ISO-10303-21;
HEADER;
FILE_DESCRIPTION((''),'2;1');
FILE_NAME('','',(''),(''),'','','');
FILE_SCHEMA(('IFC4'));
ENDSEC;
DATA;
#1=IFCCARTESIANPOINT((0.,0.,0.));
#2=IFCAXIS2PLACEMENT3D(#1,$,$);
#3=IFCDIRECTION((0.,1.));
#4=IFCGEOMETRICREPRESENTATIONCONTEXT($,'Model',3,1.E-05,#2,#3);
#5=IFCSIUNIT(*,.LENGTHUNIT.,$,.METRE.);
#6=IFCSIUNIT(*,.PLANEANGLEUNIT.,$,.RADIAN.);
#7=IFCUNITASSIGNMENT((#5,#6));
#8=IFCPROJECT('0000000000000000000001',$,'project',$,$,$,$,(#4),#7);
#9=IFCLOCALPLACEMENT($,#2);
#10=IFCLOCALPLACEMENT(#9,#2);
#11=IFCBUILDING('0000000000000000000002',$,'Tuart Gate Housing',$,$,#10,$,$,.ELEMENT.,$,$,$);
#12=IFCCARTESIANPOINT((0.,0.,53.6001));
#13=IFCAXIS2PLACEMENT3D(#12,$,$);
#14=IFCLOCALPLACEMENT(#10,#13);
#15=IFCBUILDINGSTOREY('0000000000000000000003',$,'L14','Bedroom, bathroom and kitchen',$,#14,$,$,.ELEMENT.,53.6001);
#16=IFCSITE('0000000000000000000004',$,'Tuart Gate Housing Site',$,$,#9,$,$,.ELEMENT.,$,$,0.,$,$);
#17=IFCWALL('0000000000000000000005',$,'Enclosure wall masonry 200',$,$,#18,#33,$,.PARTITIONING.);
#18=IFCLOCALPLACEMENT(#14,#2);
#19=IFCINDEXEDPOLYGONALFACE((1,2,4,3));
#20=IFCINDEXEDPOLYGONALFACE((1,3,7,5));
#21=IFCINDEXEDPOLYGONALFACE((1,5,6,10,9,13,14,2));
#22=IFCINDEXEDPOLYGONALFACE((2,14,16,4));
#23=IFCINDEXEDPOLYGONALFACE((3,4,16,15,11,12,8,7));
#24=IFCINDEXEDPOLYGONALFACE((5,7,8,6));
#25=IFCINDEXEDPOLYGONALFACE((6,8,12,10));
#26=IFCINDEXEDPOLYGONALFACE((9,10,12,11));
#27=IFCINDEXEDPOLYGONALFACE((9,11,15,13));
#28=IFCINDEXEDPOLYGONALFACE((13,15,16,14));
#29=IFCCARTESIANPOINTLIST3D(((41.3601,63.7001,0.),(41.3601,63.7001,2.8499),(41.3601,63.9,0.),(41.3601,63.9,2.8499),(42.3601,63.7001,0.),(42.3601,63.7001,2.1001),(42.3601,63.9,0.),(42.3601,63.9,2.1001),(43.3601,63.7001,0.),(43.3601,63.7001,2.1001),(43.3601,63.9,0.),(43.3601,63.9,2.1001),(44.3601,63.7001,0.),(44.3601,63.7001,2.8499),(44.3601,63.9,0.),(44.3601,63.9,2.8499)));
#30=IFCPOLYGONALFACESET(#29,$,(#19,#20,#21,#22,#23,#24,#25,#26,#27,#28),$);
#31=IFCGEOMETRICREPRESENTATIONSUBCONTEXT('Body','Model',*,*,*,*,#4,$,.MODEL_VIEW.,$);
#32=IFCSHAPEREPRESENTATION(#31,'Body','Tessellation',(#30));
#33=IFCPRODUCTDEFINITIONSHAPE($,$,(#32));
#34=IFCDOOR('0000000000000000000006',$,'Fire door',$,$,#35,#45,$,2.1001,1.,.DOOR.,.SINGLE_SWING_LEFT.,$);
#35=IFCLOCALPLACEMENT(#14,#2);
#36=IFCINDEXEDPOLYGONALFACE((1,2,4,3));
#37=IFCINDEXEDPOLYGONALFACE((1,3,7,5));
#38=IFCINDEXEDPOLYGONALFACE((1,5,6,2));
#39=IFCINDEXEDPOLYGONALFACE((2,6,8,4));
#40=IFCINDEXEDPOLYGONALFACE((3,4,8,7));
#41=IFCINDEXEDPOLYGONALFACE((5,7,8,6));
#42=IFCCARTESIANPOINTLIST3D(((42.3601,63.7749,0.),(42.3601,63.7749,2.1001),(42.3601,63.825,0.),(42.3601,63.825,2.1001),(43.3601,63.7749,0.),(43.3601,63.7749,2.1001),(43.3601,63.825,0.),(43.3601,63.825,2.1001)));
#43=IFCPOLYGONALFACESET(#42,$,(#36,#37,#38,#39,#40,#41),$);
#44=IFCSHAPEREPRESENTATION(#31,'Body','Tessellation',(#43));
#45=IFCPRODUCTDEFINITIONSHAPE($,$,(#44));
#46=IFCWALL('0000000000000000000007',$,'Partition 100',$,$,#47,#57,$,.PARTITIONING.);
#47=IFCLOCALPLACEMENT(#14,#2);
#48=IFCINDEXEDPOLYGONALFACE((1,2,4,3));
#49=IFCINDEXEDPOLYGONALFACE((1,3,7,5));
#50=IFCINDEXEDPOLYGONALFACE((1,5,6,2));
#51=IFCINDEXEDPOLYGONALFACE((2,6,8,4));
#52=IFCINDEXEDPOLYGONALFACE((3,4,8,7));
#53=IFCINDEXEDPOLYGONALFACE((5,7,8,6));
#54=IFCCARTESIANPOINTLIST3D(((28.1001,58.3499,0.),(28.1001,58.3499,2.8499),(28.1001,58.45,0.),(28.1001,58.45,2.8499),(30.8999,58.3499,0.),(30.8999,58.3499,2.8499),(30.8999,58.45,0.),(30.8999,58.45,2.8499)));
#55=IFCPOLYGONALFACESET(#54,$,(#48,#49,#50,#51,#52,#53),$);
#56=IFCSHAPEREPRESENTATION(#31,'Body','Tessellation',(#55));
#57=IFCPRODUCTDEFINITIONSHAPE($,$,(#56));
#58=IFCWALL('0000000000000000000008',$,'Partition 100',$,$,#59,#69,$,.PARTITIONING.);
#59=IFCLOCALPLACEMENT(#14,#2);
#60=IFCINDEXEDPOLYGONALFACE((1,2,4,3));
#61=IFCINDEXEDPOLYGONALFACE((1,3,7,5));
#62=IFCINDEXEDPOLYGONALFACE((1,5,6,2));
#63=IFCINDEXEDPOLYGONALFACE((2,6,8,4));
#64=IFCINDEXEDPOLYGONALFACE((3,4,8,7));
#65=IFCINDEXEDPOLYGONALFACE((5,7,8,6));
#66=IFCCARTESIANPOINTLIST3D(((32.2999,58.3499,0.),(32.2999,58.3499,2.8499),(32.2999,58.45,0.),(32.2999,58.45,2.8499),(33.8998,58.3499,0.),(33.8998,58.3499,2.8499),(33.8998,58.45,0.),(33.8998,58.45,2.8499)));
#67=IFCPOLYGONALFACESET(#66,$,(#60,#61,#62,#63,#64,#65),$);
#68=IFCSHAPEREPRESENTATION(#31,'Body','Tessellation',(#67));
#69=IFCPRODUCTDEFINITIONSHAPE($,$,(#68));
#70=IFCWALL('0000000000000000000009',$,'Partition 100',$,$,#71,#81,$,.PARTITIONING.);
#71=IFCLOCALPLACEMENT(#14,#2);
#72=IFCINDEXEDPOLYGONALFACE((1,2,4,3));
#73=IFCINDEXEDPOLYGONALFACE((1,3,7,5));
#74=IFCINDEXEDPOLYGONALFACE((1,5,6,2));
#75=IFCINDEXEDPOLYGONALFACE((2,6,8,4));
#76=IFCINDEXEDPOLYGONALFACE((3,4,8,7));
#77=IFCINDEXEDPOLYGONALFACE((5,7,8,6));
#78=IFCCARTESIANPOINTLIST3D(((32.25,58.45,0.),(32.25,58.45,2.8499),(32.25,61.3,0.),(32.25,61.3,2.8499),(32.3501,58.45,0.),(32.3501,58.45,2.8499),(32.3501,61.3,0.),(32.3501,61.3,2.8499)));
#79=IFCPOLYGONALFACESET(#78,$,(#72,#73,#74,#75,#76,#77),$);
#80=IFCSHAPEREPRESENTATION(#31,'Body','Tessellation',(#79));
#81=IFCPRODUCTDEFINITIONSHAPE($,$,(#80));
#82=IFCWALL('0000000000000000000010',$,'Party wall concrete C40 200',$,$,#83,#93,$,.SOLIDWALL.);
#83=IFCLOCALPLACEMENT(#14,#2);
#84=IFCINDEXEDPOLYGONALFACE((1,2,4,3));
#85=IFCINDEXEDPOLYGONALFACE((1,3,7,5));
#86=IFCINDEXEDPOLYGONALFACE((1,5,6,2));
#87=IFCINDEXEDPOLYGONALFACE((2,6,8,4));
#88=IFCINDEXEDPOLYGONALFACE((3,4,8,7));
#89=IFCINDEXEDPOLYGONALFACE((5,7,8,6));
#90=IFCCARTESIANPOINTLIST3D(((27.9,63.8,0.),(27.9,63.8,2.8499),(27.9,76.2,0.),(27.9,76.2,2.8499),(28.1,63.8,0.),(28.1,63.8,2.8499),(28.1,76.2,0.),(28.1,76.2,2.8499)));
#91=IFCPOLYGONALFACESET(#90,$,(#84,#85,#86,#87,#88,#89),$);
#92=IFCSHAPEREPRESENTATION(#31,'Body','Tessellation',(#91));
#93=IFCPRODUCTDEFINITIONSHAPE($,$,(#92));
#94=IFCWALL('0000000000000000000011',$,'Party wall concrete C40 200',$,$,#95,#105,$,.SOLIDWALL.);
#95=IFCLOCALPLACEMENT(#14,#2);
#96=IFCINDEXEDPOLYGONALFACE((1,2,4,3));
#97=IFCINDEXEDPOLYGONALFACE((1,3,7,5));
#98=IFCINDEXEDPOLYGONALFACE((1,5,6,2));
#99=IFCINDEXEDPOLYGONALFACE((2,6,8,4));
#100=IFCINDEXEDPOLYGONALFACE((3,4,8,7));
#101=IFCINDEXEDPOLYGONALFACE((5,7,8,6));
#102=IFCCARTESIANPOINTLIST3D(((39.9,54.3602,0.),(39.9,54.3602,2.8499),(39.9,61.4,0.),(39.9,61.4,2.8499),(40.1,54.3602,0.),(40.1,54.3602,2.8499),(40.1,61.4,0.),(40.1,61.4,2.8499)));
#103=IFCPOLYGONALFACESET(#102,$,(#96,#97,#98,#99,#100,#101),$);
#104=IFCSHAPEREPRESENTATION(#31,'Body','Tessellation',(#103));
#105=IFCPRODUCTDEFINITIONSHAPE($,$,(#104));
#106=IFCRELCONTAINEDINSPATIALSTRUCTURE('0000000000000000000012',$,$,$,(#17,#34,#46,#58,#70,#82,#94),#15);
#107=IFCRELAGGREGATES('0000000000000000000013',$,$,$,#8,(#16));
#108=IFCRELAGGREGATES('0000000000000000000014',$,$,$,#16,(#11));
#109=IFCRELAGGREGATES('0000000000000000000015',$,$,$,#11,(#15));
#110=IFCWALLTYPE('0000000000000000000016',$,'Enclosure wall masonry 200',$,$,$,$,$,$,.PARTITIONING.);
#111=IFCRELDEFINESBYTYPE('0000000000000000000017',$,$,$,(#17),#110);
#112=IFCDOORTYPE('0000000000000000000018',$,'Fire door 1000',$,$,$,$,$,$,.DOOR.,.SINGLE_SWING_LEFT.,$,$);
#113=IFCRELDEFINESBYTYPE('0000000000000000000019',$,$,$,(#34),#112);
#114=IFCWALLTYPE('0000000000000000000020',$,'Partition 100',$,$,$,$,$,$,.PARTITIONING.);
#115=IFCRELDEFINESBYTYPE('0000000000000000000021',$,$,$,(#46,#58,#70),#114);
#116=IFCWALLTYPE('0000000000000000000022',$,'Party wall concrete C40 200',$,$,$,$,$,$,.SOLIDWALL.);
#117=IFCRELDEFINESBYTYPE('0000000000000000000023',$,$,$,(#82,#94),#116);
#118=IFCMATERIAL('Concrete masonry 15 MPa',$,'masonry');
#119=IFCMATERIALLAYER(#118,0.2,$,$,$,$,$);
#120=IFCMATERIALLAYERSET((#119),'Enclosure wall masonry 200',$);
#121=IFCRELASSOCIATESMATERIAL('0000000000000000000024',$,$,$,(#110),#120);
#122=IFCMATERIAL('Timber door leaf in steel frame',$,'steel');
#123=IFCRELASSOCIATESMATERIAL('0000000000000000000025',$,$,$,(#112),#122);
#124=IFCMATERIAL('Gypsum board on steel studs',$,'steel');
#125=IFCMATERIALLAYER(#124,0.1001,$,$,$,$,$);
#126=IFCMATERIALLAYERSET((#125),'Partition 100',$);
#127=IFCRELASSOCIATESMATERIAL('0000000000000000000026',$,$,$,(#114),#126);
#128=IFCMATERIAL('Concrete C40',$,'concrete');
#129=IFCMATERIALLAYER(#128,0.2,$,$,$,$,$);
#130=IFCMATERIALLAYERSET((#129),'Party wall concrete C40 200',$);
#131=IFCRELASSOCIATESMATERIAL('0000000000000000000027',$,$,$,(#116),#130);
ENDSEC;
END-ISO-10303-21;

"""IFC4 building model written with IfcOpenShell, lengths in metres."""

from ifc_helpers import new_model, si_unit, direction, frame, frame_2d, origin, place, context, subcontext, project, spatial, rectangle, extrude, material, layer, layer_set, type_object, element, fill, save


model = new_model("IFC4")

# Units and contexts
model_context = context("Model", 3, precision=1e-05, world=origin(), true_north=direction((0.0, 1.0)))
body_context = subcontext(model_context, "Body", "Model", "MODEL_VIEW")
ifc_project = project(units=[si_unit("LENGTHUNIT", "METRE"), si_unit("PLANEANGLEUNIT", "RADIAN")], contexts=[model_context])

# Site, building, storey
site_placement = place(None, origin())
site = spatial("IfcSite", under=ifc_project, at=site_placement, Name="Tuart Gate Housing Site", CompositionType="ELEMENT", RefElevation=0.0)
building_placement = place(site_placement, origin())
building = spatial("IfcBuilding", under=site, at=building_placement, Name="Tuart Gate Housing", CompositionType="ELEMENT")
storey_placement = place(building_placement, frame((0.0, 0.0, 53.6001)))
storey = spatial("IfcBuildingStorey", under=building, at=storey_placement, Name="L14", Description="Bedroom, bathroom and kitchen", CompositionType="ELEMENT", Elevation=53.6001)

# Wall, opening, door
ifc_material_1 = material(Name="Concrete masonry 15 MPa", Category="masonry")
ifc_layer_1 = layer(ifc_material_1, 0.2)
ifc_layer_set_1 = layer_set([ifc_layer_1], Name="Enclosure wall masonry 200")
wall_type_1 = type_object("IfcWallType", Name="Enclosure wall masonry 200", PredefinedType="PARTITIONING", material=ifc_layer_set_1)
wall_1_placement = place(storey_placement, frame((41.3601, 63.8, 0.0), z_axis=(0.0, 0.0, 1.0), x_axis=(1.0, 0.0, 0.0)))
wall_1 = element("IfcWall", 1, at=wall_1_placement, inside=storey, type_object=wall_type_1, Name="Enclosure wall masonry 200", PredefinedType="PARTITIONING", context=body_context, shape_type="SweptSolid", body=[
    extrude(rectangle(XDim=3.0, YDim=0.2, at=frame_2d((1.5, 0.0))), origin(), (0.0, 0.0, 1.0), 2.8499),
])
opening_1_placement = place(wall_1_placement, frame((1.0, 0.0, 0.0)))
opening_1 = element("IfcOpeningElement", 2, at=opening_1_placement, cuts=wall_1, PredefinedType="OPENING", context=body_context, shape_type="SweptSolid", body=[
    extrude(rectangle(XDim=1.0, YDim=2.1001, at=frame_2d((0.5, 1.05))), frame((0.0, 0.1099, 0.0), z_axis=(0.0, -1.0, 0.0), x_axis=(1.0, 0.0, 0.0)), (0.0, 0.0, 1.0), 0.22),
])
ifc_material_2 = material(Name="Timber door leaf in steel frame", Category="steel")
door_type_1 = type_object("IfcDoorType", Name="Fire door 1000", OperationType="SINGLE_SWING_LEFT", PredefinedType="DOOR", material=ifc_material_2)
door_1_placement = place(opening_1_placement, frame((1.0, 0.0, 0.0), z_axis=(0.0, 0.0, 1.0), x_axis=(-1.0, 0.0, 0.0)))
door_1 = element("IfcDoor", 3, at=door_1_placement, inside=storey, type_object=door_type_1, Name="Fire door", OperationType="SINGLE_SWING_LEFT", OverallHeight=2.1001, OverallWidth=1.0, PredefinedType="DOOR", context=body_context, shape_type="SweptSolid", body=[
    extrude(rectangle(XDim=1.0, YDim=2.1001, at=frame_2d((0.5, 1.05))), frame((0.0, 0.0251, 0.0), z_axis=(0.0, -1.0, 0.0), x_axis=(1.0, 0.0, 0.0)), (0.0, 0.0, 1.0), 0.05),
])
fill(opening_1, door_1)

# Walls
ifc_material_3 = material(Name="Gypsum board on steel studs", Category="steel")
ifc_layer_2 = layer(ifc_material_3, 0.1001)
ifc_layer_set_2 = layer_set([ifc_layer_2], Name="Partition 100")
wall_type_2 = type_object("IfcWallType", Name="Partition 100", PredefinedType="PARTITIONING", material=ifc_layer_set_2)
wall_2_placement = place(storey_placement, frame((28.1001, 58.3999, 0.0), z_axis=(0.0, 0.0, 1.0), x_axis=(1.0, 0.0, 0.0)))
element("IfcWall", 4, at=wall_2_placement, inside=storey, type_object=wall_type_2, Name="Partition 100", PredefinedType="PARTITIONING", context=body_context, shape_type="SweptSolid", body=[
    extrude(rectangle(XDim=2.7998, YDim=0.1001, at=frame_2d((1.3999, 0.0))), origin(), (0.0, 0.0, 1.0), 2.8499),
])
wall_3_placement = place(storey_placement, frame((32.3, 58.3999, 0.0), z_axis=(0.0, 0.0, 1.0), x_axis=(1.0, 0.0, 0.0)))
element("IfcWall", 5, at=wall_3_placement, inside=storey, type_object=wall_type_2, Name="Partition 100", PredefinedType="PARTITIONING", context=body_context, shape_type="SweptSolid", body=[
    extrude(rectangle(XDim=1.5999, YDim=0.1001, at=frame_2d((0.7998, 0.0))), origin(), (0.0, 0.0, 1.0), 2.8499),
])
wall_4_placement = place(storey_placement, frame((32.3, 58.45, 0.0), z_axis=(0.0, 0.0, 1.0), x_axis=(0.0, 1.0, 0.0)))
element("IfcWall", 6, at=wall_4_placement, inside=storey, type_object=wall_type_2, Name="Partition 100", PredefinedType="PARTITIONING", context=body_context, shape_type="SweptSolid", body=[
    extrude(rectangle(XDim=2.8501, YDim=0.1001, at=frame_2d((1.425, 0.0))), origin(), (0.0, 0.0, 1.0), 2.8499),
])
ifc_material_4 = material(Name="Concrete C40", Category="concrete")
ifc_layer_3 = layer(ifc_material_4, 0.2)
ifc_layer_set_3 = layer_set([ifc_layer_3], Name="Party wall concrete C40 200")
wall_type_3 = type_object("IfcWallType", Name="Party wall concrete C40 200", PredefinedType="SOLIDWALL", material=ifc_layer_set_3)
wall_5_placement = place(storey_placement, frame((28.0, 63.8, 0.0), z_axis=(0.0, 0.0, 1.0), x_axis=(0.0, 1.0, 0.0)))
element("IfcWall", 7, at=wall_5_placement, inside=storey, type_object=wall_type_3, Name="Party wall concrete C40 200", PredefinedType="SOLIDWALL", context=body_context, shape_type="SweptSolid", body=[
    extrude(rectangle(XDim=12.3999, YDim=0.2, at=frame_2d((6.2, 0.0))), origin(), (0.0, 0.0, 1.0), 2.8499),
])
wall_6_placement = place(storey_placement, frame((40.0, 54.3601, 0.0), z_axis=(0.0, 0.0, 1.0), x_axis=(0.0, 1.0, 0.0)))
element("IfcWall", 8, at=wall_6_placement, inside=storey, type_object=wall_type_3, Name="Party wall concrete C40 200", PredefinedType="SOLIDWALL", context=body_context, shape_type="SweptSolid", body=[
    extrude(rectangle(XDim=7.0398, YDim=0.2, at=frame_2d((3.52, 0.0))), origin(), (0.0, 0.0, 1.0), 2.8499),
])

save(model, "model.ifc")
